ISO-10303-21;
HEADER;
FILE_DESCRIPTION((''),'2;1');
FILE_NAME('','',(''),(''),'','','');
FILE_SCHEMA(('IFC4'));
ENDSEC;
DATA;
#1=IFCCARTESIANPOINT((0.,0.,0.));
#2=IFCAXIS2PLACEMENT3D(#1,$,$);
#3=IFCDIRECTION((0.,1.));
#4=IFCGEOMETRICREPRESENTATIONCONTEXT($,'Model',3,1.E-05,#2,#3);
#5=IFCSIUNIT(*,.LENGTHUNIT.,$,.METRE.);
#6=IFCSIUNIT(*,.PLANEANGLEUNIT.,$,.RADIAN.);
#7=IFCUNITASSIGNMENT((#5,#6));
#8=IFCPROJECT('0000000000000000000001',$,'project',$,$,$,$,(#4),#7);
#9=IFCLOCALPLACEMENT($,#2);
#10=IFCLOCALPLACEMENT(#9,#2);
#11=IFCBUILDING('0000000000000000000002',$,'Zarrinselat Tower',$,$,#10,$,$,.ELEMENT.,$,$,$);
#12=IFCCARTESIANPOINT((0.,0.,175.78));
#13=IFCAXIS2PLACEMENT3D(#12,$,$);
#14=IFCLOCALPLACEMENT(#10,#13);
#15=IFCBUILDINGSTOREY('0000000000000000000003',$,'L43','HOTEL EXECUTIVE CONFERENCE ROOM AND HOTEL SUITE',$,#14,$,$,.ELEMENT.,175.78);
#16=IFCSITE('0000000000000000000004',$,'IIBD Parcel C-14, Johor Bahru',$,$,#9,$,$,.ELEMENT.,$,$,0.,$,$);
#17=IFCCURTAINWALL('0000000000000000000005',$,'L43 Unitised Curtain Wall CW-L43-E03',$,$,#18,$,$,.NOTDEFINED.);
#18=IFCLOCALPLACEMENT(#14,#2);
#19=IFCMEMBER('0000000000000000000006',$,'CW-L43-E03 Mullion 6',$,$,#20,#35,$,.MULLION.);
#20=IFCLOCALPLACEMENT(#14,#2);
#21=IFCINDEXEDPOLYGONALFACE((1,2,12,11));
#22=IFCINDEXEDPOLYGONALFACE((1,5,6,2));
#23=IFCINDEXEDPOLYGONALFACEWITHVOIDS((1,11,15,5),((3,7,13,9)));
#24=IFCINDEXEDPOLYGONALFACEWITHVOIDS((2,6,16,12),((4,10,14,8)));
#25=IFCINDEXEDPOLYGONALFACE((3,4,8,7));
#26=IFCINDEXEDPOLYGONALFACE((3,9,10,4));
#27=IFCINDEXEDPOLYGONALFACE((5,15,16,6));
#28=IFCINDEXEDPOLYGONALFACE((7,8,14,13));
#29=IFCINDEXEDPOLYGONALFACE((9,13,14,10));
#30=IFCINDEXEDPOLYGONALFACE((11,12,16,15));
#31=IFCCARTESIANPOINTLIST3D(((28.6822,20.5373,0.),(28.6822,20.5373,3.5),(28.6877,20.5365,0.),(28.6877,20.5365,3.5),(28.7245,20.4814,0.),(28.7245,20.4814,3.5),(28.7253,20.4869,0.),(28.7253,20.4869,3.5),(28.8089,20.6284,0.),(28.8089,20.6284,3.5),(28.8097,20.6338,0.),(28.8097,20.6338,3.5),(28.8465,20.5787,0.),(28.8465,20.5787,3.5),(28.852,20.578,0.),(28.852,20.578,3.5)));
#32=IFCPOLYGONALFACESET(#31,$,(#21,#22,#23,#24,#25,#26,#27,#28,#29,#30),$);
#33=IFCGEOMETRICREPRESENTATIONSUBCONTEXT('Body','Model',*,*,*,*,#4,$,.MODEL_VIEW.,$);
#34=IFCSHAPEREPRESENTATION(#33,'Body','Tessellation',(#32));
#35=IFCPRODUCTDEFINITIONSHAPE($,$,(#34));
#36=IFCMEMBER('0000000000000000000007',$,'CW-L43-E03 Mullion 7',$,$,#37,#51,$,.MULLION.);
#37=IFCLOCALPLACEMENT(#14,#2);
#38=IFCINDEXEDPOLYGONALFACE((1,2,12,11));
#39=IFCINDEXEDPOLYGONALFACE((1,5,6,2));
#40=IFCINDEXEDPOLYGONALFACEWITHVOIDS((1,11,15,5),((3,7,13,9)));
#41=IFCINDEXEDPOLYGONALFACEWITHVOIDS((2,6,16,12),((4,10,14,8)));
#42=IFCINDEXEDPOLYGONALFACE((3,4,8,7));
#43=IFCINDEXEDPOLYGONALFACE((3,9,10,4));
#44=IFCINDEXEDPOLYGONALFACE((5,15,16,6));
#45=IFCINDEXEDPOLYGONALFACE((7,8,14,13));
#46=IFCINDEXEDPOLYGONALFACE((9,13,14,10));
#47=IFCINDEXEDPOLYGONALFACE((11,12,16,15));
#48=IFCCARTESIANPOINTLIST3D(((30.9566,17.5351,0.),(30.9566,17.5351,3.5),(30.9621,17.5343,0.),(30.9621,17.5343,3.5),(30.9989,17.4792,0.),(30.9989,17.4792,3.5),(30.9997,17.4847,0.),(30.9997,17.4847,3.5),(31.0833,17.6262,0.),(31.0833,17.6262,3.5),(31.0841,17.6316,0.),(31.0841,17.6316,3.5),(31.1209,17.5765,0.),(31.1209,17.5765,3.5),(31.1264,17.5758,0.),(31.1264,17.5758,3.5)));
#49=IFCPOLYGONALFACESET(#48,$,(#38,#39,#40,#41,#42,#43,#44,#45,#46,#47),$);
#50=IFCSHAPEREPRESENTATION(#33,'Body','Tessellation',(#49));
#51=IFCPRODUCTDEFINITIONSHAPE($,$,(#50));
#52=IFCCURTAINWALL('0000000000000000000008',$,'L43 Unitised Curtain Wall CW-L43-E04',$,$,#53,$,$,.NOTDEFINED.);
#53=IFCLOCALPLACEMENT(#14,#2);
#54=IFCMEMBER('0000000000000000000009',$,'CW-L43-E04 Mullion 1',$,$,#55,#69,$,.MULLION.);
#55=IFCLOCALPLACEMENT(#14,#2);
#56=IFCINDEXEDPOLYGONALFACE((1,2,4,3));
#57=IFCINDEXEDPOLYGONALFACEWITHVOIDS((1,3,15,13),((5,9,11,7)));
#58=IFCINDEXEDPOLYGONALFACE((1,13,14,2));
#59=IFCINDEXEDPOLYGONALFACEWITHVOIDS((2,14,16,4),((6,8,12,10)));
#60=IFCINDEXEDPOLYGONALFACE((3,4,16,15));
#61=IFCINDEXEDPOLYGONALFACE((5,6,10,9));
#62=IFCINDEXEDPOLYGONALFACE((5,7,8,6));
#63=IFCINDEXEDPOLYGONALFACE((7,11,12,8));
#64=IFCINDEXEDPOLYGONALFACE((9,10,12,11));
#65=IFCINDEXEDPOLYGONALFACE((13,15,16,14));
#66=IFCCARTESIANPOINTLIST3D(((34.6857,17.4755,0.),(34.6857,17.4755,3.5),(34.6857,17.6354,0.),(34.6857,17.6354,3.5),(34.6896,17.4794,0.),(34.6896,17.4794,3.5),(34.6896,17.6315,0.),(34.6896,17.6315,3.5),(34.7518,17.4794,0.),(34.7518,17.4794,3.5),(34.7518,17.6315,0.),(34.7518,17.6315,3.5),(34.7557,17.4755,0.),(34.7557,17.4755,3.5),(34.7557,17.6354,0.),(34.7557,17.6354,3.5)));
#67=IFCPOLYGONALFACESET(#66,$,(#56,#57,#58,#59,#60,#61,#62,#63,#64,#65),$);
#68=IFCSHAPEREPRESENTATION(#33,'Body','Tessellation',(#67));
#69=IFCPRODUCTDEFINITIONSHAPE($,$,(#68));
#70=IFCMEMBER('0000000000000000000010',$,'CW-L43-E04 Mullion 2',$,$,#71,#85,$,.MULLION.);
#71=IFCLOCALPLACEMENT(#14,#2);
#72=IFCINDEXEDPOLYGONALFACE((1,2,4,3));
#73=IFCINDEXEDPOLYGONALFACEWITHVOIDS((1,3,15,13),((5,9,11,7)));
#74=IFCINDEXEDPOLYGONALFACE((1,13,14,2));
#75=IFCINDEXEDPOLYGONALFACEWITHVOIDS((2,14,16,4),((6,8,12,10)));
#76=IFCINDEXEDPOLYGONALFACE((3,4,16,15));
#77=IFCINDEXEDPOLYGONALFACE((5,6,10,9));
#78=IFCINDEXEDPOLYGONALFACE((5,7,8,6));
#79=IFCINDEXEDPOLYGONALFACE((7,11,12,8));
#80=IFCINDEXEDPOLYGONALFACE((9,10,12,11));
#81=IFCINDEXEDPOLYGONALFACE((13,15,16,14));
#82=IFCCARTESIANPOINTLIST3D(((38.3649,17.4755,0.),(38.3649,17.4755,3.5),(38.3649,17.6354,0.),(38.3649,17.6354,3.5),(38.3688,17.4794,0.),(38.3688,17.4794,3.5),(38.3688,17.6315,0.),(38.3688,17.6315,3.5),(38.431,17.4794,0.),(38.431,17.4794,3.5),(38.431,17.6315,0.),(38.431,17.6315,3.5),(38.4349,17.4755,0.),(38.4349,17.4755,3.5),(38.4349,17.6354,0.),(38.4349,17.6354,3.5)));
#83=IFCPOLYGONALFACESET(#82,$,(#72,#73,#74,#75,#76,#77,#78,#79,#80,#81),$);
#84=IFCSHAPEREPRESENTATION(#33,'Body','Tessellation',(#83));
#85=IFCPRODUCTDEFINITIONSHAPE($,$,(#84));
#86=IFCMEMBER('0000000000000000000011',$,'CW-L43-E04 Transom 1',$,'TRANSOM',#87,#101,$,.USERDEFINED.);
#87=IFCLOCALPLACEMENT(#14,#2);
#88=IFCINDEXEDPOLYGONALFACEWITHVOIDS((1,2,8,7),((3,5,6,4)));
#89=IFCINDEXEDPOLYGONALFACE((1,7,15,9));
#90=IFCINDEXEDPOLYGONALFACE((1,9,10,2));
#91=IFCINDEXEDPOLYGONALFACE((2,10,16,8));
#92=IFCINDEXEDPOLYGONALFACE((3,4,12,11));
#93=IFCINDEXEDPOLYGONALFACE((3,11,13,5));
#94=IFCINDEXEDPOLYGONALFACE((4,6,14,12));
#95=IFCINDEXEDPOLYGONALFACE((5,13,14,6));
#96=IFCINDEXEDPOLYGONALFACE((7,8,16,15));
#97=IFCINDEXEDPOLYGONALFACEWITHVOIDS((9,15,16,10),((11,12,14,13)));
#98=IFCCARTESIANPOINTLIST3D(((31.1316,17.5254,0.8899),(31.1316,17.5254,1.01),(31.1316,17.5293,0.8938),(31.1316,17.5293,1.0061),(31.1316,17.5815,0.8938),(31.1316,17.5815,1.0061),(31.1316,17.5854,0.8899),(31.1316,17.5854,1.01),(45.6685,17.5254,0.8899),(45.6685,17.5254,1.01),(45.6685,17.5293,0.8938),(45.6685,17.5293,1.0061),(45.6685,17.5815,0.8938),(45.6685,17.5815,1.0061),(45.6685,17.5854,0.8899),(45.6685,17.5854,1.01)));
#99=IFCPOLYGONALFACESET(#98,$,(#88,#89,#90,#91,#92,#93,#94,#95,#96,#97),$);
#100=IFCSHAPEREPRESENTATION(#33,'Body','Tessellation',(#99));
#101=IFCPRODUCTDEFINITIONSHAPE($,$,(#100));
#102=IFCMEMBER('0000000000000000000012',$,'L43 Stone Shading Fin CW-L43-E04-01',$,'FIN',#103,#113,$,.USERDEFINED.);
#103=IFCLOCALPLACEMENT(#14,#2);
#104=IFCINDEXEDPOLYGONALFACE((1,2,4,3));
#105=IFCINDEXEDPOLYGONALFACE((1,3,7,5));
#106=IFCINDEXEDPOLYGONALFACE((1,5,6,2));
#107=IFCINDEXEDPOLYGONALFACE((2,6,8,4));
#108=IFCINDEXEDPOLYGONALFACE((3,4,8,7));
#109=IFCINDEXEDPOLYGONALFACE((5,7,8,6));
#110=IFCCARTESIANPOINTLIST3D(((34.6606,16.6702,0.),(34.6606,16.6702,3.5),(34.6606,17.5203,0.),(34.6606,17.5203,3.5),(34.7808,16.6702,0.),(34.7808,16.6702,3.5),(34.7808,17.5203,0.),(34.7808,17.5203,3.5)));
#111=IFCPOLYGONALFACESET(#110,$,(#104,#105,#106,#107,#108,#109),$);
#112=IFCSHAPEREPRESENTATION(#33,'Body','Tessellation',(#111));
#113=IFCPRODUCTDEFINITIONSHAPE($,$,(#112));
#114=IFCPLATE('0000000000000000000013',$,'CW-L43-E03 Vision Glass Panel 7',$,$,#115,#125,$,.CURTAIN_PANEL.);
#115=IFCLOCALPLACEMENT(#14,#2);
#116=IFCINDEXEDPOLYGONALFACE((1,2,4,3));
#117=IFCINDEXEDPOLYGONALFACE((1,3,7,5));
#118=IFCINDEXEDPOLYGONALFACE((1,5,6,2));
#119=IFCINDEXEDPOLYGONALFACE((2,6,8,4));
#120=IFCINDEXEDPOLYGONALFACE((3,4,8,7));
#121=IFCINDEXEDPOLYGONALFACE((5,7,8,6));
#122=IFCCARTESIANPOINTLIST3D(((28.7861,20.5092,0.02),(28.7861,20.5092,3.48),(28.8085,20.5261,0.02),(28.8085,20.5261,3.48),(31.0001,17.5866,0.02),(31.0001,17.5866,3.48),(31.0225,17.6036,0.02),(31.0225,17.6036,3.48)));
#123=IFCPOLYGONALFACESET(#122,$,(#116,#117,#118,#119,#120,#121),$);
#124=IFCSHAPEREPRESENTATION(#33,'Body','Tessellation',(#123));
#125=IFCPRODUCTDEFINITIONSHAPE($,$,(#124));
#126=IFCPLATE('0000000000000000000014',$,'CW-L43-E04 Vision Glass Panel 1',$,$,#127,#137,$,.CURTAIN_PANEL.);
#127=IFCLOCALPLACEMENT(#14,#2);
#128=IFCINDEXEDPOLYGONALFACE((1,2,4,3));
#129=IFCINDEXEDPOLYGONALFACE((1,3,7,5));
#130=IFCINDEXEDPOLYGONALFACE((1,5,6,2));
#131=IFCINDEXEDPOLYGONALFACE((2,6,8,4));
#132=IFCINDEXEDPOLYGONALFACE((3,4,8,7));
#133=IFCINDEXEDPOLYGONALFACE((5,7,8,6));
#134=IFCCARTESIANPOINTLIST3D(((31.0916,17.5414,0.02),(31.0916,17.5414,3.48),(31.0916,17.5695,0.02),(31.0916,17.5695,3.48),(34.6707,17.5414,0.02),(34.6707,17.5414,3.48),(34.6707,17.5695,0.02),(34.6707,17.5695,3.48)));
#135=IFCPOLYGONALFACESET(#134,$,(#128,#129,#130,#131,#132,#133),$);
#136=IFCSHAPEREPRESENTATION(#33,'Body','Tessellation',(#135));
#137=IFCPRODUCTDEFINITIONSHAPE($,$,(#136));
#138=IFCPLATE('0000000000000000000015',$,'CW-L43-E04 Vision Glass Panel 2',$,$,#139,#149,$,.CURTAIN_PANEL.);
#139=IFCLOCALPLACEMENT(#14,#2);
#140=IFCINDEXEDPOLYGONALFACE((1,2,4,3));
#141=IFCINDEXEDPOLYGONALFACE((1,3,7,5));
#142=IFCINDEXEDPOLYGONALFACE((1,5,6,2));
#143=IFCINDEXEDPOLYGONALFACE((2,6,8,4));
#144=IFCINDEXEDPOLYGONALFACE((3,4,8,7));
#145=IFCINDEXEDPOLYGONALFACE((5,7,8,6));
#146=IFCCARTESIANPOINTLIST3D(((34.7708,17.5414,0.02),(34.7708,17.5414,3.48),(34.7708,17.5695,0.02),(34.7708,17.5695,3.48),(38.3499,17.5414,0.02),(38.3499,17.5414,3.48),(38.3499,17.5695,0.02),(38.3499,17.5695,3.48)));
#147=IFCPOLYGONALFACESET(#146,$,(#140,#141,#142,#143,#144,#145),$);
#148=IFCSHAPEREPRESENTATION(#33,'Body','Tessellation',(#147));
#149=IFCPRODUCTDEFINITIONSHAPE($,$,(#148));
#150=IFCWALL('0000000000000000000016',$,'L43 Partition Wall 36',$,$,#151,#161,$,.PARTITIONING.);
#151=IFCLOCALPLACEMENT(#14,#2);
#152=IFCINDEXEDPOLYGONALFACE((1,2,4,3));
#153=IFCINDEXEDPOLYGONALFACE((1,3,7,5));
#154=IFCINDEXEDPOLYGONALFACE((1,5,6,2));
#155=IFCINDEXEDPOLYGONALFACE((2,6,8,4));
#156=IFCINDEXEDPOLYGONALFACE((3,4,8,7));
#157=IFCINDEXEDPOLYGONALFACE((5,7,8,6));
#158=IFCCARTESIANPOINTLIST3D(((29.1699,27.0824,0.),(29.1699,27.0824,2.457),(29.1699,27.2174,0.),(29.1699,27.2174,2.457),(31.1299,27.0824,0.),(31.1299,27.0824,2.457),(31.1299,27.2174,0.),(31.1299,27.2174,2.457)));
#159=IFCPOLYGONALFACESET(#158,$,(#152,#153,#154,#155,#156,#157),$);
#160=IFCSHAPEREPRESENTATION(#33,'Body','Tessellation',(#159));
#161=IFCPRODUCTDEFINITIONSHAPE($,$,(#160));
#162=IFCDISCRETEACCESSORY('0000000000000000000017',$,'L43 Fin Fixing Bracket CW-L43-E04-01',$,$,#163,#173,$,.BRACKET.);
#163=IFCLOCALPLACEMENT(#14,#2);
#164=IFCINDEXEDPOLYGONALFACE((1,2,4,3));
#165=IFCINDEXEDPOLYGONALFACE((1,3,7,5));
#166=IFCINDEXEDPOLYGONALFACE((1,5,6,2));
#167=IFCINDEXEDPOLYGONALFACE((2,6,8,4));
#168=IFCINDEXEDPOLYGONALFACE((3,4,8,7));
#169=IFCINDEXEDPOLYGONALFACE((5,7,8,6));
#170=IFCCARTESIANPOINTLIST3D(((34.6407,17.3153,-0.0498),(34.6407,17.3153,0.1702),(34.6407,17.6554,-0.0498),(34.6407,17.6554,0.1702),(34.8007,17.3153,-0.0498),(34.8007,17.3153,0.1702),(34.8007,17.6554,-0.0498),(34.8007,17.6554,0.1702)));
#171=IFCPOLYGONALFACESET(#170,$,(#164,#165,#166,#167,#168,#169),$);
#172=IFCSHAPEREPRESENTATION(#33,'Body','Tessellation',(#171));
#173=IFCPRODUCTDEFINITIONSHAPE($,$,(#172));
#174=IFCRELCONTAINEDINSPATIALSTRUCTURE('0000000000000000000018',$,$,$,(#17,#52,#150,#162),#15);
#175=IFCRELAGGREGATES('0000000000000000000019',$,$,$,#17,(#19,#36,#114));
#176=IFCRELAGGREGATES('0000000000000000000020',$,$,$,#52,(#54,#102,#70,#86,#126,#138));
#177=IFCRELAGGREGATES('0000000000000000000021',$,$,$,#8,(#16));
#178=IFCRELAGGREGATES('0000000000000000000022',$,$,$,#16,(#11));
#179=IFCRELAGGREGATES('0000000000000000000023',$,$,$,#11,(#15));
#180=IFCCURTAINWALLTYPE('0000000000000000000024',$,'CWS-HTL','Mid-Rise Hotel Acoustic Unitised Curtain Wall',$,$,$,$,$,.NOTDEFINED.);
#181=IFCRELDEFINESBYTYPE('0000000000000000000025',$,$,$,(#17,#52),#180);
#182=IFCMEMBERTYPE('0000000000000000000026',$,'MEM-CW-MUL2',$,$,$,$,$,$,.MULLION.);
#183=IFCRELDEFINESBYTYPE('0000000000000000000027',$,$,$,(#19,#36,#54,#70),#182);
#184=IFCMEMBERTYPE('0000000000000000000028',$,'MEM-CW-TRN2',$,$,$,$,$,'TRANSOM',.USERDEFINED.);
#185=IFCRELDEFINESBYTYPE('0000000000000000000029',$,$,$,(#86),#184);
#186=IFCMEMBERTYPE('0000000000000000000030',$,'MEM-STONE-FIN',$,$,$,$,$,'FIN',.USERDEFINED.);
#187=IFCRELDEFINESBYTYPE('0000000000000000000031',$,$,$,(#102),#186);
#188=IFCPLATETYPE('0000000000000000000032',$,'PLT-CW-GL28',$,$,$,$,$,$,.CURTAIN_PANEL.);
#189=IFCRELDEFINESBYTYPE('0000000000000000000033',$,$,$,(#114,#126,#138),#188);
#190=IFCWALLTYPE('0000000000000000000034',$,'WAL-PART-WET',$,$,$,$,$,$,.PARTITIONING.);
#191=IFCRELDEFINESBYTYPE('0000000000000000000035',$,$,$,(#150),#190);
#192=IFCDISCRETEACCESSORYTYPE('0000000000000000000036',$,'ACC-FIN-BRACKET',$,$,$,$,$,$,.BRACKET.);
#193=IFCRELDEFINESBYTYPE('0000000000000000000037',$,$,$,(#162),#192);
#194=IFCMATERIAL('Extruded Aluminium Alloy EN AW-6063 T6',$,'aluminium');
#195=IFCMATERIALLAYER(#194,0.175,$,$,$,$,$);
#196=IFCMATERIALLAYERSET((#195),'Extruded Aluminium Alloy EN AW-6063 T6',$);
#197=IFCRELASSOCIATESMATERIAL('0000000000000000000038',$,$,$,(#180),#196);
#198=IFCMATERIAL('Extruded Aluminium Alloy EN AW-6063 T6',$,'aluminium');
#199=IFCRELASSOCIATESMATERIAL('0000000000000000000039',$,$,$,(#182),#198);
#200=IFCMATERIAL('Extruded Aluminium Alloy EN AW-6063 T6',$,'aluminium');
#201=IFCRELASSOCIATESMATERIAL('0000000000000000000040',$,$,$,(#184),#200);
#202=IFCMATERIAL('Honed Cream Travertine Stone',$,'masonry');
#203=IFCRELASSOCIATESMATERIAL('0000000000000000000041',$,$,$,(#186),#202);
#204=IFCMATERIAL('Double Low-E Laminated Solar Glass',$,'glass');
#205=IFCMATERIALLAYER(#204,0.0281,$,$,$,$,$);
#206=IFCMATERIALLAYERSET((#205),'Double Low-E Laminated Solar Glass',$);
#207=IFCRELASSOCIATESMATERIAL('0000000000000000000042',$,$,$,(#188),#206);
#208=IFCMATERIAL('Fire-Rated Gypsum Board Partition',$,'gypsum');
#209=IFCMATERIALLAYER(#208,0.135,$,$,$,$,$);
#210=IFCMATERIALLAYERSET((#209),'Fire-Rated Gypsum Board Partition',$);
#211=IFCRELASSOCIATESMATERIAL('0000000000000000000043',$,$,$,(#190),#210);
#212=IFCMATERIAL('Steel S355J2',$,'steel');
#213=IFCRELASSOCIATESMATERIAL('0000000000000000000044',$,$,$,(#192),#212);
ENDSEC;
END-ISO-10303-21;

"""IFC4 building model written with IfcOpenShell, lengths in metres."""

from ifc_helpers import new_model, si_unit, direction, frame, frame_2d, origin, origin_2d, place, context, subcontext, project, spatial, rectangle, hollow_rectangle, extrude, material, layer, layer_set, material_profile, profile_set, type_object, element, aggregate, save


model = new_model("IFC4")

# Units and contexts
model_context = context("Model", 3, precision=1e-05, world=origin(), true_north=direction((0.0, 1.0)))
body_context = subcontext(model_context, "Body", "Model", "MODEL_VIEW")
ifc_project = project(units=[si_unit("LENGTHUNIT", "METRE"), si_unit("PLANEANGLEUNIT", "RADIAN")], contexts=[model_context])

# Site, building, storey
site_placement = place(None, origin())
site = spatial("IfcSite", under=ifc_project, at=site_placement, Name="IIBD Parcel C-14, Johor Bahru", CompositionType="ELEMENT", RefElevation=0.0)
building_placement = place(site_placement, origin())
building = spatial("IfcBuilding", under=site, at=building_placement, Name="Zarrinselat Tower", CompositionType="ELEMENT")
storey_placement = place(building_placement, frame((0.0, 0.0, 175.78)))
storey = spatial("IfcBuildingStorey", under=building, at=storey_placement, Name="L43", Description="HOTEL EXECUTIVE CONFERENCE ROOM AND HOTEL SUITE", CompositionType="ELEMENT", Elevation=175.78)

# Curtain walls, members
ifc_material_1 = material(Name="Extruded Aluminium Alloy EN AW-6063 T6", Category="aluminium")
ifc_layer_1 = layer(ifc_material_1, 0.175)
ifc_layer_set_1 = layer_set([ifc_layer_1], Name="Extruded Aluminium Alloy EN AW-6063 T6")
curtain_wall_type = type_object("IfcCurtainWallType", Name="CWS-HTL", Description="Mid-Rise Hotel Acoustic Unitised Curtain Wall", PredefinedType="NOTDEFINED", material=ifc_layer_set_1)
curtain_wall_1_placement = place(storey_placement, origin())
curtain_wall_1 = element("IfcCurtainWall", 1, at=curtain_wall_1_placement, inside=storey, type_object=curtain_wall_type, Name="L43 Unitised Curtain Wall CW-L43-E03", PredefinedType="NOTDEFINED")
ifc_material_2 = material(Name="Extruded Aluminium Alloy EN AW-6063 T6", Category="aluminium")
ifc_material_profile_1 = material_profile(ifc_material_2, hollow_rectangle(XDim=0.0701, YDim=0.1599, WallThickness=0.0039, at=origin_2d()), Name="RHS 160x70x4")
ifc_profile_set_1 = profile_set([ifc_material_profile_1], Name="Extruded Aluminium Alloy EN AW-6063 T6")
member_type_1 = type_object("IfcMemberType", Name="MEM-CW-MUL2", PredefinedType="MULLION", material=ifc_profile_set_1)
member_1_placement = place(storey_placement, frame((28.7671, 20.5576, 0.0), z_axis=(0.0, 0.0, 1.0), x_axis=(0.603857, -0.797092, 0.0)))
member_1 = element("IfcMember", 2, at=member_1_placement, type_object=member_type_1, Name="CW-L43-E03 Mullion 6", PredefinedType="MULLION", context=body_context, shape_type="SweptSolid", body=[
    extrude(hollow_rectangle(XDim=0.0701, YDim=0.1599, WallThickness=0.0039, at=origin_2d()), origin(), (0.0, 0.0, 1.0), 3.5),
])
member_2_placement = place(storey_placement, frame((31.0415, 17.5554, 0.0), z_axis=(0.0, 0.0, 1.0), x_axis=(0.603857, -0.797092, 0.0)))
member_2 = element("IfcMember", 3, at=member_2_placement, type_object=member_type_1, Name="CW-L43-E03 Mullion 7", PredefinedType="MULLION", context=body_context, shape_type="SweptSolid", body=[
    extrude(hollow_rectangle(XDim=0.0701, YDim=0.1599, WallThickness=0.0039, at=origin_2d()), origin(), (0.0, 0.0, 1.0), 3.5),
])
curtain_wall_2_placement = place(storey_placement, origin())
curtain_wall_2 = element("IfcCurtainWall", 4, at=curtain_wall_2_placement, inside=storey, type_object=curtain_wall_type, Name="L43 Unitised Curtain Wall CW-L43-E04", PredefinedType="NOTDEFINED")
member_3_placement = place(storey_placement, frame((34.7207, 17.5554, 0.0), z_axis=(0.0, 0.0, 1.0), x_axis=(1.0, 0.0, 0.0)))
member_3 = element("IfcMember", 5, at=member_3_placement, type_object=member_type_1, Name="CW-L43-E04 Mullion 1", PredefinedType="MULLION", context=body_context, shape_type="SweptSolid", body=[
    extrude(hollow_rectangle(XDim=0.0701, YDim=0.1599, WallThickness=0.0039, at=origin_2d()), origin(), (0.0, 0.0, 1.0), 3.5),
])
member_4_placement = place(storey_placement, frame((38.3999, 17.5554, 0.0), z_axis=(0.0, 0.0, 1.0), x_axis=(1.0, 0.0, 0.0)))
member_4 = element("IfcMember", 6, at=member_4_placement, type_object=member_type_1, Name="CW-L43-E04 Mullion 2", PredefinedType="MULLION", context=body_context, shape_type="SweptSolid", body=[
    extrude(hollow_rectangle(XDim=0.0701, YDim=0.1599, WallThickness=0.0039, at=origin_2d()), origin(), (0.0, 0.0, 1.0), 3.5),
])
ifc_material_3 = material(Name="Extruded Aluminium Alloy EN AW-6063 T6", Category="aluminium")
ifc_material_profile_2 = material_profile(ifc_material_3, hollow_rectangle(XDim=0.0601, YDim=0.1201, WallThickness=0.0039, at=origin_2d()), Name="RHS 120x60x4")
ifc_profile_set_2 = profile_set([ifc_material_profile_2], Name="Extruded Aluminium Alloy EN AW-6063 T6")
member_type_2 = type_object("IfcMemberType", Name="MEM-CW-TRN2", ElementType="TRANSOM", PredefinedType="USERDEFINED", material=ifc_profile_set_2)
member_5_placement = place(storey_placement, frame((31.1316, 17.5554, 0.95), z_axis=(1.0, 0.0, 0.0), x_axis=(0.0, 1.0, 0.0)))
member_5 = element("IfcMember", 7, at=member_5_placement, type_object=member_type_2, Name="CW-L43-E04 Transom 1", ObjectType="TRANSOM", PredefinedType="USERDEFINED", context=body_context, shape_type="SweptSolid", body=[
    extrude(hollow_rectangle(XDim=0.0601, YDim=0.1201, WallThickness=0.0039, at=origin_2d()), origin(), (0.0, 0.0, 1.0), 14.5369),
])
ifc_material_4 = material(Name="Honed Cream Travertine Stone", Category="masonry")
ifc_material_profile_3 = material_profile(ifc_material_4, rectangle(XDim=0.1201, YDim=0.8501, at=origin_2d()), Name="FIN 850x120")
ifc_profile_set_3 = profile_set([ifc_material_profile_3], Name="Honed Cream Travertine Stone")
member_type_3 = type_object("IfcMemberType", Name="MEM-STONE-FIN", ElementType="FIN", PredefinedType="USERDEFINED", material=ifc_profile_set_3)
member_6_placement = place(storey_placement, frame((34.7207, 17.0952, 0.0), z_axis=(0.0, 0.0, 1.0), x_axis=(-1.0, 0.0, 0.0)))
member_6 = element("IfcMember", 8, at=member_6_placement, type_object=member_type_3, Name="L43 Stone Shading Fin CW-L43-E04-01", ObjectType="FIN", PredefinedType="USERDEFINED", context=body_context, shape_type="SweptSolid", body=[
    extrude(rectangle(XDim=0.1201, YDim=0.8501, at=origin_2d()), origin(), (0.0, 0.0, 1.0), 3.5),
])

# Plates
ifc_material_5 = material(Name="Double Low-E Laminated Solar Glass", Category="glass")
ifc_layer_2 = layer(ifc_material_5, 0.0281)
ifc_layer_set_2 = layer_set([ifc_layer_2], Name="Double Low-E Laminated Solar Glass")
plate_type = type_object("IfcPlateType", Name="PLT-CW-GL28", PredefinedType="CURTAIN_PANEL", material=ifc_layer_set_2)
plate_1_placement = place(storey_placement, frame((29.9043, 19.0564, 0.02), z_axis=(0.0, 0.0, 1.0), x_axis=(0.603857, -0.797092, 0.0)))
plate_1 = element("IfcPlate", 9, at=plate_1_placement, type_object=plate_type, Name="CW-L43-E03 Vision Glass Panel 7", PredefinedType="CURTAIN_PANEL", context=body_context, shape_type="SweptSolid", body=[
    extrude(rectangle(XDim=3.6665, YDim=0.0281, at=origin_2d()), origin(), (0.0, 0.0, 1.0), 3.46),
])
aggregate(curtain_wall_1, [member_1, member_2, plate_1])
plate_2_placement = place(storey_placement, frame((32.8811, 17.5554, 0.02), z_axis=(0.0, 0.0, 1.0), x_axis=(1.0, 0.0, 0.0)))
plate_2 = element("IfcPlate", 10, at=plate_2_placement, type_object=plate_type, Name="CW-L43-E04 Vision Glass Panel 1", PredefinedType="CURTAIN_PANEL", context=body_context, shape_type="SweptSolid", body=[
    extrude(rectangle(XDim=3.5791, YDim=0.0281, at=origin_2d()), origin(), (0.0, 0.0, 1.0), 3.46),
])
plate_3_placement = place(storey_placement, frame((36.5603, 17.5554, 0.02), z_axis=(0.0, 0.0, 1.0), x_axis=(1.0, 0.0, 0.0)))
plate_3 = element("IfcPlate", 11, at=plate_3_placement, type_object=plate_type, Name="CW-L43-E04 Vision Glass Panel 2", PredefinedType="CURTAIN_PANEL", context=body_context, shape_type="SweptSolid", body=[
    extrude(rectangle(XDim=3.5791, YDim=0.0281, at=origin_2d()), origin(), (0.0, 0.0, 1.0), 3.46),
])
aggregate(curtain_wall_2, [member_3, member_6, member_4, member_5, plate_2, plate_3])

# Wall
ifc_material_6 = material(Name="Fire-Rated Gypsum Board Partition", Category="gypsum")
ifc_layer_3 = layer(ifc_material_6, 0.135)
ifc_layer_set_3 = layer_set([ifc_layer_3], Name="Fire-Rated Gypsum Board Partition")
wall_type = type_object("IfcWallType", Name="WAL-PART-WET", PredefinedType="PARTITIONING", material=ifc_layer_set_3)
wall_placement = place(storey_placement, frame((29.1699, 27.1499, 0.0), z_axis=(0.0, 0.0, 1.0), x_axis=(1.0, 0.0, 0.0)))
element("IfcWall", 12, at=wall_placement, inside=storey, type_object=wall_type, Name="L43 Partition Wall 36", PredefinedType="PARTITIONING", context=body_context, shape_type="SweptSolid", body=[
    extrude(rectangle(XDim=1.96, YDim=0.135, at=frame_2d((0.98, 0.0))), origin(), (0.0, 0.0, 1.0), 2.457),
])

# Discrete accessory
ifc_material_7 = material(Name="Steel S355J2", Category="steel")
discrete_accessory_type = type_object("IfcDiscreteAccessoryType", Name="ACC-FIN-BRACKET", PredefinedType="BRACKET", material=ifc_material_7)
discrete_accessory_placement = place(storey_placement, frame((34.7207, 17.4854, -0.0498), z_axis=(0.0, 0.0, 1.0), x_axis=(0.0, -1.0, 0.0)))
element("IfcDiscreteAccessory", 13, at=discrete_accessory_placement, inside=storey, type_object=discrete_accessory_type, Name="L43 Fin Fixing Bracket CW-L43-E04-01", PredefinedType="BRACKET", context=body_context, shape_type="SweptSolid", body=[
    extrude(rectangle(XDim=0.3401, YDim=0.1599, at=origin_2d()), origin(), (0.0, 0.0, 1.0), 0.22),
])

save(model, "model.ifc")
